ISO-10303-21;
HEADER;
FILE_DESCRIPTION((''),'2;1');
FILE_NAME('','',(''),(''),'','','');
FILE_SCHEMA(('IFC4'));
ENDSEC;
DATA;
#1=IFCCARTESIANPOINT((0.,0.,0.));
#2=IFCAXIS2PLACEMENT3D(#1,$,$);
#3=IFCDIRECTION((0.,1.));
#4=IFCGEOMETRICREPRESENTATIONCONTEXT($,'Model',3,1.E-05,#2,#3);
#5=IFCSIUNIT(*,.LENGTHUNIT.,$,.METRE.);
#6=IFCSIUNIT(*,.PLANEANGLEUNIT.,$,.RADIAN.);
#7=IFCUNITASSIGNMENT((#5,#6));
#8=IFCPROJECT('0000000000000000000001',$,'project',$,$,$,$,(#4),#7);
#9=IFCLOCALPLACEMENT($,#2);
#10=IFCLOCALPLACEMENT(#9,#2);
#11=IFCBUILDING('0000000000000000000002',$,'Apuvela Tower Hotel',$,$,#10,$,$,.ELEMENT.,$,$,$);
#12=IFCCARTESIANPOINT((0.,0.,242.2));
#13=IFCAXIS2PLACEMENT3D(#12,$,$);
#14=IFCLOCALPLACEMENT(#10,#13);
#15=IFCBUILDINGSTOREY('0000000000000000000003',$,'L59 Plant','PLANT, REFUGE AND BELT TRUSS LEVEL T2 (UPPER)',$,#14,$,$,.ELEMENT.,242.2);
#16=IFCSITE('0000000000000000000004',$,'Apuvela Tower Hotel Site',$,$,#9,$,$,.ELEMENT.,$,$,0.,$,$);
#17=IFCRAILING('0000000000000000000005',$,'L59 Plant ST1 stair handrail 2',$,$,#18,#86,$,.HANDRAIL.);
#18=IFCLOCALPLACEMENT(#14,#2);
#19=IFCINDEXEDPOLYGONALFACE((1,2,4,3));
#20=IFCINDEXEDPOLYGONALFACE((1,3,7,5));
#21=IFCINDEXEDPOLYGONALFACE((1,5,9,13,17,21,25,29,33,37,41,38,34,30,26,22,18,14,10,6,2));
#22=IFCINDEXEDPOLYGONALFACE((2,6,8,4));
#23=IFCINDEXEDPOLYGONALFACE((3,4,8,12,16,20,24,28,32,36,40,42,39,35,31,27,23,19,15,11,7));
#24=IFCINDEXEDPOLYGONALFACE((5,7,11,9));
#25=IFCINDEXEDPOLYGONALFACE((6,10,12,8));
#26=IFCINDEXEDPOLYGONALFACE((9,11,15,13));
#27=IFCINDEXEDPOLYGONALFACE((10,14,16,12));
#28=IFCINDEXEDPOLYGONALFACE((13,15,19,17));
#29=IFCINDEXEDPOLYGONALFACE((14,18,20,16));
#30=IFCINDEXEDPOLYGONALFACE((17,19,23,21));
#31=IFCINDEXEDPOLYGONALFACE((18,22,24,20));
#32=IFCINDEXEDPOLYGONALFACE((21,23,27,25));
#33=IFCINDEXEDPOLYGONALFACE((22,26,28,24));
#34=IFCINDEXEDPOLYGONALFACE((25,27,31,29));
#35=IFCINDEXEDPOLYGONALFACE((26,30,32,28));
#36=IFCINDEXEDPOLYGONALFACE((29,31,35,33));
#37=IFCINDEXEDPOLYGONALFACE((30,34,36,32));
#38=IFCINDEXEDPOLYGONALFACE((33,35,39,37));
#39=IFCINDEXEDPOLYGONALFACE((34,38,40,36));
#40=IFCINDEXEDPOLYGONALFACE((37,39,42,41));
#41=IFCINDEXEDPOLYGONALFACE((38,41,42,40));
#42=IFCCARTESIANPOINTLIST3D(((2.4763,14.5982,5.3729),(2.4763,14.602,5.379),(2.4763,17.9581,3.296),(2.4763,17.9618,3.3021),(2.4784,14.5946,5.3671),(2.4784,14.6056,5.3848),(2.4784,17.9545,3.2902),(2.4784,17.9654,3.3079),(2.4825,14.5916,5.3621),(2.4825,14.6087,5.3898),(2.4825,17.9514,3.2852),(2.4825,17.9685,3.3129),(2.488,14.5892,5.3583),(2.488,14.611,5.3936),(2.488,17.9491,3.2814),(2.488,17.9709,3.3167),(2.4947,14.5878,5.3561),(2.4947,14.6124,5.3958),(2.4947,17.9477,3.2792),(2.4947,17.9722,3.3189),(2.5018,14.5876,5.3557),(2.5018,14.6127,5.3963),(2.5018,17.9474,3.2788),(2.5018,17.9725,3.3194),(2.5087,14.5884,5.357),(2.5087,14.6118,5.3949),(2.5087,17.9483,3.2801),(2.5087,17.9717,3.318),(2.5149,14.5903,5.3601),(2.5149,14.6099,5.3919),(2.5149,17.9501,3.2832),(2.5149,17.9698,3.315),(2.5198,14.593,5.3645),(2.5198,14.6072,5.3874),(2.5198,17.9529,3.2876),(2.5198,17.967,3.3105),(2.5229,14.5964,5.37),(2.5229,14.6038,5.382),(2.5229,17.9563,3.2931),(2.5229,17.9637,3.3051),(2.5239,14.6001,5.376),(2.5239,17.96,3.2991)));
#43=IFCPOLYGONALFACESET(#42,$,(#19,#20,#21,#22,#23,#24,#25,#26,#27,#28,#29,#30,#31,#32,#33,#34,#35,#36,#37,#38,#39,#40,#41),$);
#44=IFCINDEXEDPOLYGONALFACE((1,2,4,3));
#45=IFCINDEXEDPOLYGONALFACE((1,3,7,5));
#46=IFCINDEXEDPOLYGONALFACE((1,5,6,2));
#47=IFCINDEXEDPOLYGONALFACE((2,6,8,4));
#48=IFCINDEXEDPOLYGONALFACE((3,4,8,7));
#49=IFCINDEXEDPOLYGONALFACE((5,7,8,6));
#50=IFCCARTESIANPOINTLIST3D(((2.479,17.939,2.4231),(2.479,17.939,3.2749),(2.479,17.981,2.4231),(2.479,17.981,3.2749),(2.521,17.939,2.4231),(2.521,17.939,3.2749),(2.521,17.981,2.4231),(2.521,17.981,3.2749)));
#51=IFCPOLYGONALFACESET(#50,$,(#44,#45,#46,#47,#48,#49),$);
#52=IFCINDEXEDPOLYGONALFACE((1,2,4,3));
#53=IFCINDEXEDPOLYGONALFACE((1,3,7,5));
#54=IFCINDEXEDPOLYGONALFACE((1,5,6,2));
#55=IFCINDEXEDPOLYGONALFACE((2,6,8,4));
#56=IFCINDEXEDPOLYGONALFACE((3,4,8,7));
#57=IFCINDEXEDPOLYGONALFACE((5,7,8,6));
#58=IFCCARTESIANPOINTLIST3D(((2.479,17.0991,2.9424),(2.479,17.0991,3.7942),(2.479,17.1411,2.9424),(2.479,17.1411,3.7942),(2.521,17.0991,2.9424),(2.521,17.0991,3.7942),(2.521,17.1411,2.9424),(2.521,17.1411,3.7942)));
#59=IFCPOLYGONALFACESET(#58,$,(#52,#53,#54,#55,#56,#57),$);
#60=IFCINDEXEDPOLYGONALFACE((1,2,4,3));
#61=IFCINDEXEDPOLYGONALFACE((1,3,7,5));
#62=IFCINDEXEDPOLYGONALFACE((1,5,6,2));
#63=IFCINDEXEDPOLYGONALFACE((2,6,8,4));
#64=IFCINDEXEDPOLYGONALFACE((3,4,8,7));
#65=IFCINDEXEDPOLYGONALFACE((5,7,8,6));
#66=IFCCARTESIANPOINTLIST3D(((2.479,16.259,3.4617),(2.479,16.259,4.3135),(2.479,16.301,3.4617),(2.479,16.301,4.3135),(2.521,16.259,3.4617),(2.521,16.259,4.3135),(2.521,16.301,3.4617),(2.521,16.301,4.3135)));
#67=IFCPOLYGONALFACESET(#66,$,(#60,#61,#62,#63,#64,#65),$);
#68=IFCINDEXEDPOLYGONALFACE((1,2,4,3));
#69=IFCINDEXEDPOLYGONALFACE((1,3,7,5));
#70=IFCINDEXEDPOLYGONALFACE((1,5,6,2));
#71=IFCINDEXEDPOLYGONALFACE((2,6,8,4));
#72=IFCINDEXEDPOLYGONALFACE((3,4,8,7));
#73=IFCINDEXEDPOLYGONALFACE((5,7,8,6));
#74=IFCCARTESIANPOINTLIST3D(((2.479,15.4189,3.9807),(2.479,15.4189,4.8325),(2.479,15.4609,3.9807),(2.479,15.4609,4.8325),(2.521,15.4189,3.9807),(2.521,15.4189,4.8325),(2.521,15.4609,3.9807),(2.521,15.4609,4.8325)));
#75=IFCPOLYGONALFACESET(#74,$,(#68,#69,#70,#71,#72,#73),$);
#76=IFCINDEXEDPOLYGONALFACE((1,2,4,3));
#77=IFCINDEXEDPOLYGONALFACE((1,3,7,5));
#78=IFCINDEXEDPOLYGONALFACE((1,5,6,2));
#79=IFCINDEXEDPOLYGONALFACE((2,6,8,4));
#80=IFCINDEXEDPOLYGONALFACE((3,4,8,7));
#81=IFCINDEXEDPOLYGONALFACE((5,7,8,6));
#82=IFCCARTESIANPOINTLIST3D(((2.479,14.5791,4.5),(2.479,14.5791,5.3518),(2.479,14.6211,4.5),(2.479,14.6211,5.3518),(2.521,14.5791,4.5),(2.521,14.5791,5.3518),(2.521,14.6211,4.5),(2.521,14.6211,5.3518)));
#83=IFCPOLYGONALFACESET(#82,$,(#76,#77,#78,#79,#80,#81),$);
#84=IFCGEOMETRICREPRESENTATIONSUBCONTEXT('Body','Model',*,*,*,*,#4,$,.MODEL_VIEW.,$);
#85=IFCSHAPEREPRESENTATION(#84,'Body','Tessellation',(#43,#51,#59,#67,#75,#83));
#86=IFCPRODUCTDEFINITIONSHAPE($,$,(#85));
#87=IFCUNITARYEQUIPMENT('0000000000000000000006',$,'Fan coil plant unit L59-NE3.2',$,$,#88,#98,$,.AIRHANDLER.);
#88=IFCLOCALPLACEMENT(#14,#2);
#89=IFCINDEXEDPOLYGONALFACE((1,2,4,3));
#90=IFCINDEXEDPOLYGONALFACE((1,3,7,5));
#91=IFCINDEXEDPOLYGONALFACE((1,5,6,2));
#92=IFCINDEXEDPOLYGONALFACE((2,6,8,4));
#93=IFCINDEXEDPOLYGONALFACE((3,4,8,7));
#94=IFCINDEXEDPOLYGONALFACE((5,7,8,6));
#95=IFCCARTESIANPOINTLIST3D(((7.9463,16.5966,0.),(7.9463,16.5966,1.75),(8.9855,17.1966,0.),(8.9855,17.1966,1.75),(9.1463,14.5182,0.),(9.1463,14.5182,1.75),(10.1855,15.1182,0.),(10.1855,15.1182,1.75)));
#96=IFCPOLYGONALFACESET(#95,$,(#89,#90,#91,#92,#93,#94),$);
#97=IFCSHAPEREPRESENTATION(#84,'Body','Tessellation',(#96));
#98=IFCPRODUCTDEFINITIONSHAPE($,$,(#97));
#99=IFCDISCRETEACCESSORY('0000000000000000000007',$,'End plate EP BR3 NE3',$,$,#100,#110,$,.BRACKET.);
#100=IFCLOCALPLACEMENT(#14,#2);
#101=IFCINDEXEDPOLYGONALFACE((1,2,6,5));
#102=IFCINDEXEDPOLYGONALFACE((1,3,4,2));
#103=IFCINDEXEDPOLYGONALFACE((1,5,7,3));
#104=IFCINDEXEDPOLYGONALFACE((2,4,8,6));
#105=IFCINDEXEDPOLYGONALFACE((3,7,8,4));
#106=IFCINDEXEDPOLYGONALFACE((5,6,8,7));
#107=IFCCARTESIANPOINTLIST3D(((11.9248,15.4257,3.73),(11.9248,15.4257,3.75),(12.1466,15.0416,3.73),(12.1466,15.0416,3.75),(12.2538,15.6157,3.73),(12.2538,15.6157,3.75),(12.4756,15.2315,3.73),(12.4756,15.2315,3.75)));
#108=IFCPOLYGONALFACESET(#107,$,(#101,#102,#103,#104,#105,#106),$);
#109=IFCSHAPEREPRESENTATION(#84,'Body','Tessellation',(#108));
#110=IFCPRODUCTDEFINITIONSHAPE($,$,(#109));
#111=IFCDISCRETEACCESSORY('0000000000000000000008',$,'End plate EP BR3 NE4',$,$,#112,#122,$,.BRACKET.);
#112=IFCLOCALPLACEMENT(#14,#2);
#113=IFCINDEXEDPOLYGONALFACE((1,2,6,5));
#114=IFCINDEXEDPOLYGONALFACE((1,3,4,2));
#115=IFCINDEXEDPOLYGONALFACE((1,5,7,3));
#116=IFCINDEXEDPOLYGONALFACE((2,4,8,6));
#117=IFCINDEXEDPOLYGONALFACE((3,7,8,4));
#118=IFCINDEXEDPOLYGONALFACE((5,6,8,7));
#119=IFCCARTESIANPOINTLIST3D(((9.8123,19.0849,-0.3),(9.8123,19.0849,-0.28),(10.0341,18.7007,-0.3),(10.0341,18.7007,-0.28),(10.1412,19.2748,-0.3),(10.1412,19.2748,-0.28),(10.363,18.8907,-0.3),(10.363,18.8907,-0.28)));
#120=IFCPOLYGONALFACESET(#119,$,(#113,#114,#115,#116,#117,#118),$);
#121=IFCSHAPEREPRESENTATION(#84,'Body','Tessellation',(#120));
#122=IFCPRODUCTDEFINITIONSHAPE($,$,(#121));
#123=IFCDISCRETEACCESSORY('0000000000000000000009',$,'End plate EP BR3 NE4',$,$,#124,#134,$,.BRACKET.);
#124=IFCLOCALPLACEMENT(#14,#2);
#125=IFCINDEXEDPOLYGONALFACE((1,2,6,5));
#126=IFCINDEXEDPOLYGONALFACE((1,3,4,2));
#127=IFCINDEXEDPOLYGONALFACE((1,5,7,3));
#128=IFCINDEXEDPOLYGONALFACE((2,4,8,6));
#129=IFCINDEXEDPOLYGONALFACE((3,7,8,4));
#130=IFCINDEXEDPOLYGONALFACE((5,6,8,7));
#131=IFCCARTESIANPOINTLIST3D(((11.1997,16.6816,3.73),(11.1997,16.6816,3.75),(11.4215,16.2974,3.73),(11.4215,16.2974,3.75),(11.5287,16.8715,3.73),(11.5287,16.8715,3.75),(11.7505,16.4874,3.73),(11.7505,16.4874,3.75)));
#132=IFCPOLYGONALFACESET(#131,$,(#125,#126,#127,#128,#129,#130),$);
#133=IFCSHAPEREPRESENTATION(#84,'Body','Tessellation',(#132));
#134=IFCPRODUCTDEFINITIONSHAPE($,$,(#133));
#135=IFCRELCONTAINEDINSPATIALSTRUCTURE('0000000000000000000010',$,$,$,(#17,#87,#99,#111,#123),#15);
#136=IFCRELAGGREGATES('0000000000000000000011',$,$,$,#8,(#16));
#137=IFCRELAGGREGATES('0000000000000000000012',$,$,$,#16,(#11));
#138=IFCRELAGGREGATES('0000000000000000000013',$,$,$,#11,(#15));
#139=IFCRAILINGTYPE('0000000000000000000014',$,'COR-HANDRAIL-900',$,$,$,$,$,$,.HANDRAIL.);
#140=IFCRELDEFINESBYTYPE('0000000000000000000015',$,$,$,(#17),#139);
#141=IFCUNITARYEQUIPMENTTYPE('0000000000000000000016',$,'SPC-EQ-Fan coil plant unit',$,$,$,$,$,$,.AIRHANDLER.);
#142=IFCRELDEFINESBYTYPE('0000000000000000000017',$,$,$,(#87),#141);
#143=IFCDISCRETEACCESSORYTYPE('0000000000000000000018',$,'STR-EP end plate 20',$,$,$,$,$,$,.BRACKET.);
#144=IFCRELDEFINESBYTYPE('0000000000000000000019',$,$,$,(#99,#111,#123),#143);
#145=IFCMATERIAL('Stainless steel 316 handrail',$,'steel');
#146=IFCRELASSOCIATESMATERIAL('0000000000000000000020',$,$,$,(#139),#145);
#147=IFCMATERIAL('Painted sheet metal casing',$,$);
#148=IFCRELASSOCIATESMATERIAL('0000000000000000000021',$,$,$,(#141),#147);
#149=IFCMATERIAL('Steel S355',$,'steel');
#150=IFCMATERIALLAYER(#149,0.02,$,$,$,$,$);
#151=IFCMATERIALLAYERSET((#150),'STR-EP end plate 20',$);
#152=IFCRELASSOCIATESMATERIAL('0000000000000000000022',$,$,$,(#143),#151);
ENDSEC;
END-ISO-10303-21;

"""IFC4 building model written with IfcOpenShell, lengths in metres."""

from ifc_helpers import new_model, si_unit, direction, frame, origin, origin_2d, place, context, subcontext, project, spatial, rectangle, circle, extrude, material, layer, layer_set, type_object, element, save


model = new_model("IFC4")

# Units and contexts
model_context = context("Model", 3, precision=1e-05, world=origin(), true_north=direction((0.0, 1.0)))
body_context = subcontext(model_context, "Body", "Model", "MODEL_VIEW")
ifc_project = project(units=[si_unit("LENGTHUNIT", "METRE"), si_unit("PLANEANGLEUNIT", "RADIAN")], contexts=[model_context])

# Site, building, storey
site_placement = place(None, origin())
site = spatial("IfcSite", under=ifc_project, at=site_placement, Name="Apuvela Tower Hotel Site", CompositionType="ELEMENT", RefElevation=0.0)
building_placement = place(site_placement, origin())
building = spatial("IfcBuilding", under=site, at=building_placement, Name="Apuvela Tower Hotel", CompositionType="ELEMENT")
storey_placement = place(building_placement, frame((0.0, 0.0, 242.2)))
storey = spatial("IfcBuildingStorey", under=building, at=storey_placement, Name="L59 Plant", Description="PLANT, REFUGE AND BELT TRUSS LEVEL T2 (UPPER)", CompositionType="ELEMENT", Elevation=242.2)

# Shared definitions
ifc_material_1 = material(Name="Steel S355", Category="steel")

# Railing
ifc_material_2 = material(Name="Stainless steel 316 handrail", Category="steel")
railing_type_1 = type_object("IfcRailingType", Name="COR-HANDRAIL-900", PredefinedType="HANDRAIL", material=ifc_material_2)
railing_1_placement = place(storey_placement, frame((2.5, 17.96, 2.4231)))
element("IfcRailing", 1, at=railing_1_placement, inside=storey, type_object=railing_type_1, Name="L59 Plant ST1 stair handrail 2", PredefinedType="HANDRAIL", context=body_context, shape_type="SweptSolid", body=[
    extrude(circle(Radius=0.0239, at=origin_2d()), frame((0.0, 0.0, 0.876), z_axis=(0.0, -0.850606, 0.525803), x_axis=(1.0, 0.0, 0.0)), (0.0, 0.0, 1.0), 3.95),
    extrude(rectangle(XDim=0.042, YDim=0.042, at=origin_2d()), origin(), (0.0, 0.0, 1.0), 0.8518),
    extrude(rectangle(XDim=0.042, YDim=0.042, at=origin_2d()), frame((0.0, -0.8398, 0.5193)), (0.0, 0.0, 1.0), 0.8518),
    extrude(rectangle(XDim=0.042, YDim=0.042, at=origin_2d()), frame((0.0, -1.6799, 1.0386)), (0.0, 0.0, 1.0), 0.8518),
    extrude(rectangle(XDim=0.042, YDim=0.042, at=origin_2d()), frame((0.0, -2.52, 1.5576)), (0.0, 0.0, 1.0), 0.8518),
    extrude(rectangle(XDim=0.042, YDim=0.042, at=origin_2d()), frame((0.0, -3.3599, 2.0769)), (0.0, 0.0, 1.0), 0.8518),
])

# Unitary equipment
ifc_material_3 = material(Name="Painted sheet metal casing")
unitary_equipment_type = type_object("IfcUnitaryEquipmentType", Name="SPC-EQ-Fan coil plant unit", PredefinedType="AIRHANDLER", material=ifc_material_3)
unitary_equipment_placement = place(storey_placement, frame((9.0659, 15.8574, 0.0), z_axis=(0.0, 0.0, 1.0), x_axis=(-0.5, 0.866025, 0.0)))
element("IfcUnitaryEquipment", 2, at=unitary_equipment_placement, inside=storey, type_object=unitary_equipment_type, Name="Fan coil plant unit L59-NE3.2", PredefinedType="AIRHANDLER", context=body_context, shape_type="SweptSolid", body=[
    extrude(rectangle(XDim=2.3999, YDim=1.2, at=origin_2d()), origin(), (0.0, 0.0, 1.0), 1.75),
])

# Discrete accessories
ifc_layer_1 = layer(ifc_material_1, 0.02)
ifc_layer_set_1 = layer_set([ifc_layer_1], Name="STR-EP end plate 20")
discrete_accessory_type = type_object("IfcDiscreteAccessoryType", Name="STR-EP end plate 20", PredefinedType="BRACKET", material=ifc_layer_set_1)
for number, where, z_axis, x_axis, name in (
    (3, (12.2002, 15.3286, 3.73), (0.0, 0.0, 1.0), (-0.5, 0.866025, 0.0), "End plate EP BR3 NE3"),
    (4, (10.0876, 18.9878, -0.3), (0.0, 0.0, 1.0), (0.5, -0.866025, 0.0), "End plate EP BR3 NE4"),
    (5, (11.4751, 16.5845, 3.73), (0.0, 0.0, 1.0), (0.5, -0.866025, 0.0), "End plate EP BR3 NE4"),
):
    element("IfcDiscreteAccessory", number, at=place(storey_placement, frame(where, z_axis=z_axis, x_axis=x_axis)), inside=storey, type_object=discrete_accessory_type, Name=name, PredefinedType="BRACKET", context=body_context, shape_type="SweptSolid", body=[
        extrude(rectangle(XDim=0.4436, YDim=0.3799, at=origin_2d()), origin(), (0.0, 0.0, 1.0), 0.02),
    ])

save(model, "model.ifc")
